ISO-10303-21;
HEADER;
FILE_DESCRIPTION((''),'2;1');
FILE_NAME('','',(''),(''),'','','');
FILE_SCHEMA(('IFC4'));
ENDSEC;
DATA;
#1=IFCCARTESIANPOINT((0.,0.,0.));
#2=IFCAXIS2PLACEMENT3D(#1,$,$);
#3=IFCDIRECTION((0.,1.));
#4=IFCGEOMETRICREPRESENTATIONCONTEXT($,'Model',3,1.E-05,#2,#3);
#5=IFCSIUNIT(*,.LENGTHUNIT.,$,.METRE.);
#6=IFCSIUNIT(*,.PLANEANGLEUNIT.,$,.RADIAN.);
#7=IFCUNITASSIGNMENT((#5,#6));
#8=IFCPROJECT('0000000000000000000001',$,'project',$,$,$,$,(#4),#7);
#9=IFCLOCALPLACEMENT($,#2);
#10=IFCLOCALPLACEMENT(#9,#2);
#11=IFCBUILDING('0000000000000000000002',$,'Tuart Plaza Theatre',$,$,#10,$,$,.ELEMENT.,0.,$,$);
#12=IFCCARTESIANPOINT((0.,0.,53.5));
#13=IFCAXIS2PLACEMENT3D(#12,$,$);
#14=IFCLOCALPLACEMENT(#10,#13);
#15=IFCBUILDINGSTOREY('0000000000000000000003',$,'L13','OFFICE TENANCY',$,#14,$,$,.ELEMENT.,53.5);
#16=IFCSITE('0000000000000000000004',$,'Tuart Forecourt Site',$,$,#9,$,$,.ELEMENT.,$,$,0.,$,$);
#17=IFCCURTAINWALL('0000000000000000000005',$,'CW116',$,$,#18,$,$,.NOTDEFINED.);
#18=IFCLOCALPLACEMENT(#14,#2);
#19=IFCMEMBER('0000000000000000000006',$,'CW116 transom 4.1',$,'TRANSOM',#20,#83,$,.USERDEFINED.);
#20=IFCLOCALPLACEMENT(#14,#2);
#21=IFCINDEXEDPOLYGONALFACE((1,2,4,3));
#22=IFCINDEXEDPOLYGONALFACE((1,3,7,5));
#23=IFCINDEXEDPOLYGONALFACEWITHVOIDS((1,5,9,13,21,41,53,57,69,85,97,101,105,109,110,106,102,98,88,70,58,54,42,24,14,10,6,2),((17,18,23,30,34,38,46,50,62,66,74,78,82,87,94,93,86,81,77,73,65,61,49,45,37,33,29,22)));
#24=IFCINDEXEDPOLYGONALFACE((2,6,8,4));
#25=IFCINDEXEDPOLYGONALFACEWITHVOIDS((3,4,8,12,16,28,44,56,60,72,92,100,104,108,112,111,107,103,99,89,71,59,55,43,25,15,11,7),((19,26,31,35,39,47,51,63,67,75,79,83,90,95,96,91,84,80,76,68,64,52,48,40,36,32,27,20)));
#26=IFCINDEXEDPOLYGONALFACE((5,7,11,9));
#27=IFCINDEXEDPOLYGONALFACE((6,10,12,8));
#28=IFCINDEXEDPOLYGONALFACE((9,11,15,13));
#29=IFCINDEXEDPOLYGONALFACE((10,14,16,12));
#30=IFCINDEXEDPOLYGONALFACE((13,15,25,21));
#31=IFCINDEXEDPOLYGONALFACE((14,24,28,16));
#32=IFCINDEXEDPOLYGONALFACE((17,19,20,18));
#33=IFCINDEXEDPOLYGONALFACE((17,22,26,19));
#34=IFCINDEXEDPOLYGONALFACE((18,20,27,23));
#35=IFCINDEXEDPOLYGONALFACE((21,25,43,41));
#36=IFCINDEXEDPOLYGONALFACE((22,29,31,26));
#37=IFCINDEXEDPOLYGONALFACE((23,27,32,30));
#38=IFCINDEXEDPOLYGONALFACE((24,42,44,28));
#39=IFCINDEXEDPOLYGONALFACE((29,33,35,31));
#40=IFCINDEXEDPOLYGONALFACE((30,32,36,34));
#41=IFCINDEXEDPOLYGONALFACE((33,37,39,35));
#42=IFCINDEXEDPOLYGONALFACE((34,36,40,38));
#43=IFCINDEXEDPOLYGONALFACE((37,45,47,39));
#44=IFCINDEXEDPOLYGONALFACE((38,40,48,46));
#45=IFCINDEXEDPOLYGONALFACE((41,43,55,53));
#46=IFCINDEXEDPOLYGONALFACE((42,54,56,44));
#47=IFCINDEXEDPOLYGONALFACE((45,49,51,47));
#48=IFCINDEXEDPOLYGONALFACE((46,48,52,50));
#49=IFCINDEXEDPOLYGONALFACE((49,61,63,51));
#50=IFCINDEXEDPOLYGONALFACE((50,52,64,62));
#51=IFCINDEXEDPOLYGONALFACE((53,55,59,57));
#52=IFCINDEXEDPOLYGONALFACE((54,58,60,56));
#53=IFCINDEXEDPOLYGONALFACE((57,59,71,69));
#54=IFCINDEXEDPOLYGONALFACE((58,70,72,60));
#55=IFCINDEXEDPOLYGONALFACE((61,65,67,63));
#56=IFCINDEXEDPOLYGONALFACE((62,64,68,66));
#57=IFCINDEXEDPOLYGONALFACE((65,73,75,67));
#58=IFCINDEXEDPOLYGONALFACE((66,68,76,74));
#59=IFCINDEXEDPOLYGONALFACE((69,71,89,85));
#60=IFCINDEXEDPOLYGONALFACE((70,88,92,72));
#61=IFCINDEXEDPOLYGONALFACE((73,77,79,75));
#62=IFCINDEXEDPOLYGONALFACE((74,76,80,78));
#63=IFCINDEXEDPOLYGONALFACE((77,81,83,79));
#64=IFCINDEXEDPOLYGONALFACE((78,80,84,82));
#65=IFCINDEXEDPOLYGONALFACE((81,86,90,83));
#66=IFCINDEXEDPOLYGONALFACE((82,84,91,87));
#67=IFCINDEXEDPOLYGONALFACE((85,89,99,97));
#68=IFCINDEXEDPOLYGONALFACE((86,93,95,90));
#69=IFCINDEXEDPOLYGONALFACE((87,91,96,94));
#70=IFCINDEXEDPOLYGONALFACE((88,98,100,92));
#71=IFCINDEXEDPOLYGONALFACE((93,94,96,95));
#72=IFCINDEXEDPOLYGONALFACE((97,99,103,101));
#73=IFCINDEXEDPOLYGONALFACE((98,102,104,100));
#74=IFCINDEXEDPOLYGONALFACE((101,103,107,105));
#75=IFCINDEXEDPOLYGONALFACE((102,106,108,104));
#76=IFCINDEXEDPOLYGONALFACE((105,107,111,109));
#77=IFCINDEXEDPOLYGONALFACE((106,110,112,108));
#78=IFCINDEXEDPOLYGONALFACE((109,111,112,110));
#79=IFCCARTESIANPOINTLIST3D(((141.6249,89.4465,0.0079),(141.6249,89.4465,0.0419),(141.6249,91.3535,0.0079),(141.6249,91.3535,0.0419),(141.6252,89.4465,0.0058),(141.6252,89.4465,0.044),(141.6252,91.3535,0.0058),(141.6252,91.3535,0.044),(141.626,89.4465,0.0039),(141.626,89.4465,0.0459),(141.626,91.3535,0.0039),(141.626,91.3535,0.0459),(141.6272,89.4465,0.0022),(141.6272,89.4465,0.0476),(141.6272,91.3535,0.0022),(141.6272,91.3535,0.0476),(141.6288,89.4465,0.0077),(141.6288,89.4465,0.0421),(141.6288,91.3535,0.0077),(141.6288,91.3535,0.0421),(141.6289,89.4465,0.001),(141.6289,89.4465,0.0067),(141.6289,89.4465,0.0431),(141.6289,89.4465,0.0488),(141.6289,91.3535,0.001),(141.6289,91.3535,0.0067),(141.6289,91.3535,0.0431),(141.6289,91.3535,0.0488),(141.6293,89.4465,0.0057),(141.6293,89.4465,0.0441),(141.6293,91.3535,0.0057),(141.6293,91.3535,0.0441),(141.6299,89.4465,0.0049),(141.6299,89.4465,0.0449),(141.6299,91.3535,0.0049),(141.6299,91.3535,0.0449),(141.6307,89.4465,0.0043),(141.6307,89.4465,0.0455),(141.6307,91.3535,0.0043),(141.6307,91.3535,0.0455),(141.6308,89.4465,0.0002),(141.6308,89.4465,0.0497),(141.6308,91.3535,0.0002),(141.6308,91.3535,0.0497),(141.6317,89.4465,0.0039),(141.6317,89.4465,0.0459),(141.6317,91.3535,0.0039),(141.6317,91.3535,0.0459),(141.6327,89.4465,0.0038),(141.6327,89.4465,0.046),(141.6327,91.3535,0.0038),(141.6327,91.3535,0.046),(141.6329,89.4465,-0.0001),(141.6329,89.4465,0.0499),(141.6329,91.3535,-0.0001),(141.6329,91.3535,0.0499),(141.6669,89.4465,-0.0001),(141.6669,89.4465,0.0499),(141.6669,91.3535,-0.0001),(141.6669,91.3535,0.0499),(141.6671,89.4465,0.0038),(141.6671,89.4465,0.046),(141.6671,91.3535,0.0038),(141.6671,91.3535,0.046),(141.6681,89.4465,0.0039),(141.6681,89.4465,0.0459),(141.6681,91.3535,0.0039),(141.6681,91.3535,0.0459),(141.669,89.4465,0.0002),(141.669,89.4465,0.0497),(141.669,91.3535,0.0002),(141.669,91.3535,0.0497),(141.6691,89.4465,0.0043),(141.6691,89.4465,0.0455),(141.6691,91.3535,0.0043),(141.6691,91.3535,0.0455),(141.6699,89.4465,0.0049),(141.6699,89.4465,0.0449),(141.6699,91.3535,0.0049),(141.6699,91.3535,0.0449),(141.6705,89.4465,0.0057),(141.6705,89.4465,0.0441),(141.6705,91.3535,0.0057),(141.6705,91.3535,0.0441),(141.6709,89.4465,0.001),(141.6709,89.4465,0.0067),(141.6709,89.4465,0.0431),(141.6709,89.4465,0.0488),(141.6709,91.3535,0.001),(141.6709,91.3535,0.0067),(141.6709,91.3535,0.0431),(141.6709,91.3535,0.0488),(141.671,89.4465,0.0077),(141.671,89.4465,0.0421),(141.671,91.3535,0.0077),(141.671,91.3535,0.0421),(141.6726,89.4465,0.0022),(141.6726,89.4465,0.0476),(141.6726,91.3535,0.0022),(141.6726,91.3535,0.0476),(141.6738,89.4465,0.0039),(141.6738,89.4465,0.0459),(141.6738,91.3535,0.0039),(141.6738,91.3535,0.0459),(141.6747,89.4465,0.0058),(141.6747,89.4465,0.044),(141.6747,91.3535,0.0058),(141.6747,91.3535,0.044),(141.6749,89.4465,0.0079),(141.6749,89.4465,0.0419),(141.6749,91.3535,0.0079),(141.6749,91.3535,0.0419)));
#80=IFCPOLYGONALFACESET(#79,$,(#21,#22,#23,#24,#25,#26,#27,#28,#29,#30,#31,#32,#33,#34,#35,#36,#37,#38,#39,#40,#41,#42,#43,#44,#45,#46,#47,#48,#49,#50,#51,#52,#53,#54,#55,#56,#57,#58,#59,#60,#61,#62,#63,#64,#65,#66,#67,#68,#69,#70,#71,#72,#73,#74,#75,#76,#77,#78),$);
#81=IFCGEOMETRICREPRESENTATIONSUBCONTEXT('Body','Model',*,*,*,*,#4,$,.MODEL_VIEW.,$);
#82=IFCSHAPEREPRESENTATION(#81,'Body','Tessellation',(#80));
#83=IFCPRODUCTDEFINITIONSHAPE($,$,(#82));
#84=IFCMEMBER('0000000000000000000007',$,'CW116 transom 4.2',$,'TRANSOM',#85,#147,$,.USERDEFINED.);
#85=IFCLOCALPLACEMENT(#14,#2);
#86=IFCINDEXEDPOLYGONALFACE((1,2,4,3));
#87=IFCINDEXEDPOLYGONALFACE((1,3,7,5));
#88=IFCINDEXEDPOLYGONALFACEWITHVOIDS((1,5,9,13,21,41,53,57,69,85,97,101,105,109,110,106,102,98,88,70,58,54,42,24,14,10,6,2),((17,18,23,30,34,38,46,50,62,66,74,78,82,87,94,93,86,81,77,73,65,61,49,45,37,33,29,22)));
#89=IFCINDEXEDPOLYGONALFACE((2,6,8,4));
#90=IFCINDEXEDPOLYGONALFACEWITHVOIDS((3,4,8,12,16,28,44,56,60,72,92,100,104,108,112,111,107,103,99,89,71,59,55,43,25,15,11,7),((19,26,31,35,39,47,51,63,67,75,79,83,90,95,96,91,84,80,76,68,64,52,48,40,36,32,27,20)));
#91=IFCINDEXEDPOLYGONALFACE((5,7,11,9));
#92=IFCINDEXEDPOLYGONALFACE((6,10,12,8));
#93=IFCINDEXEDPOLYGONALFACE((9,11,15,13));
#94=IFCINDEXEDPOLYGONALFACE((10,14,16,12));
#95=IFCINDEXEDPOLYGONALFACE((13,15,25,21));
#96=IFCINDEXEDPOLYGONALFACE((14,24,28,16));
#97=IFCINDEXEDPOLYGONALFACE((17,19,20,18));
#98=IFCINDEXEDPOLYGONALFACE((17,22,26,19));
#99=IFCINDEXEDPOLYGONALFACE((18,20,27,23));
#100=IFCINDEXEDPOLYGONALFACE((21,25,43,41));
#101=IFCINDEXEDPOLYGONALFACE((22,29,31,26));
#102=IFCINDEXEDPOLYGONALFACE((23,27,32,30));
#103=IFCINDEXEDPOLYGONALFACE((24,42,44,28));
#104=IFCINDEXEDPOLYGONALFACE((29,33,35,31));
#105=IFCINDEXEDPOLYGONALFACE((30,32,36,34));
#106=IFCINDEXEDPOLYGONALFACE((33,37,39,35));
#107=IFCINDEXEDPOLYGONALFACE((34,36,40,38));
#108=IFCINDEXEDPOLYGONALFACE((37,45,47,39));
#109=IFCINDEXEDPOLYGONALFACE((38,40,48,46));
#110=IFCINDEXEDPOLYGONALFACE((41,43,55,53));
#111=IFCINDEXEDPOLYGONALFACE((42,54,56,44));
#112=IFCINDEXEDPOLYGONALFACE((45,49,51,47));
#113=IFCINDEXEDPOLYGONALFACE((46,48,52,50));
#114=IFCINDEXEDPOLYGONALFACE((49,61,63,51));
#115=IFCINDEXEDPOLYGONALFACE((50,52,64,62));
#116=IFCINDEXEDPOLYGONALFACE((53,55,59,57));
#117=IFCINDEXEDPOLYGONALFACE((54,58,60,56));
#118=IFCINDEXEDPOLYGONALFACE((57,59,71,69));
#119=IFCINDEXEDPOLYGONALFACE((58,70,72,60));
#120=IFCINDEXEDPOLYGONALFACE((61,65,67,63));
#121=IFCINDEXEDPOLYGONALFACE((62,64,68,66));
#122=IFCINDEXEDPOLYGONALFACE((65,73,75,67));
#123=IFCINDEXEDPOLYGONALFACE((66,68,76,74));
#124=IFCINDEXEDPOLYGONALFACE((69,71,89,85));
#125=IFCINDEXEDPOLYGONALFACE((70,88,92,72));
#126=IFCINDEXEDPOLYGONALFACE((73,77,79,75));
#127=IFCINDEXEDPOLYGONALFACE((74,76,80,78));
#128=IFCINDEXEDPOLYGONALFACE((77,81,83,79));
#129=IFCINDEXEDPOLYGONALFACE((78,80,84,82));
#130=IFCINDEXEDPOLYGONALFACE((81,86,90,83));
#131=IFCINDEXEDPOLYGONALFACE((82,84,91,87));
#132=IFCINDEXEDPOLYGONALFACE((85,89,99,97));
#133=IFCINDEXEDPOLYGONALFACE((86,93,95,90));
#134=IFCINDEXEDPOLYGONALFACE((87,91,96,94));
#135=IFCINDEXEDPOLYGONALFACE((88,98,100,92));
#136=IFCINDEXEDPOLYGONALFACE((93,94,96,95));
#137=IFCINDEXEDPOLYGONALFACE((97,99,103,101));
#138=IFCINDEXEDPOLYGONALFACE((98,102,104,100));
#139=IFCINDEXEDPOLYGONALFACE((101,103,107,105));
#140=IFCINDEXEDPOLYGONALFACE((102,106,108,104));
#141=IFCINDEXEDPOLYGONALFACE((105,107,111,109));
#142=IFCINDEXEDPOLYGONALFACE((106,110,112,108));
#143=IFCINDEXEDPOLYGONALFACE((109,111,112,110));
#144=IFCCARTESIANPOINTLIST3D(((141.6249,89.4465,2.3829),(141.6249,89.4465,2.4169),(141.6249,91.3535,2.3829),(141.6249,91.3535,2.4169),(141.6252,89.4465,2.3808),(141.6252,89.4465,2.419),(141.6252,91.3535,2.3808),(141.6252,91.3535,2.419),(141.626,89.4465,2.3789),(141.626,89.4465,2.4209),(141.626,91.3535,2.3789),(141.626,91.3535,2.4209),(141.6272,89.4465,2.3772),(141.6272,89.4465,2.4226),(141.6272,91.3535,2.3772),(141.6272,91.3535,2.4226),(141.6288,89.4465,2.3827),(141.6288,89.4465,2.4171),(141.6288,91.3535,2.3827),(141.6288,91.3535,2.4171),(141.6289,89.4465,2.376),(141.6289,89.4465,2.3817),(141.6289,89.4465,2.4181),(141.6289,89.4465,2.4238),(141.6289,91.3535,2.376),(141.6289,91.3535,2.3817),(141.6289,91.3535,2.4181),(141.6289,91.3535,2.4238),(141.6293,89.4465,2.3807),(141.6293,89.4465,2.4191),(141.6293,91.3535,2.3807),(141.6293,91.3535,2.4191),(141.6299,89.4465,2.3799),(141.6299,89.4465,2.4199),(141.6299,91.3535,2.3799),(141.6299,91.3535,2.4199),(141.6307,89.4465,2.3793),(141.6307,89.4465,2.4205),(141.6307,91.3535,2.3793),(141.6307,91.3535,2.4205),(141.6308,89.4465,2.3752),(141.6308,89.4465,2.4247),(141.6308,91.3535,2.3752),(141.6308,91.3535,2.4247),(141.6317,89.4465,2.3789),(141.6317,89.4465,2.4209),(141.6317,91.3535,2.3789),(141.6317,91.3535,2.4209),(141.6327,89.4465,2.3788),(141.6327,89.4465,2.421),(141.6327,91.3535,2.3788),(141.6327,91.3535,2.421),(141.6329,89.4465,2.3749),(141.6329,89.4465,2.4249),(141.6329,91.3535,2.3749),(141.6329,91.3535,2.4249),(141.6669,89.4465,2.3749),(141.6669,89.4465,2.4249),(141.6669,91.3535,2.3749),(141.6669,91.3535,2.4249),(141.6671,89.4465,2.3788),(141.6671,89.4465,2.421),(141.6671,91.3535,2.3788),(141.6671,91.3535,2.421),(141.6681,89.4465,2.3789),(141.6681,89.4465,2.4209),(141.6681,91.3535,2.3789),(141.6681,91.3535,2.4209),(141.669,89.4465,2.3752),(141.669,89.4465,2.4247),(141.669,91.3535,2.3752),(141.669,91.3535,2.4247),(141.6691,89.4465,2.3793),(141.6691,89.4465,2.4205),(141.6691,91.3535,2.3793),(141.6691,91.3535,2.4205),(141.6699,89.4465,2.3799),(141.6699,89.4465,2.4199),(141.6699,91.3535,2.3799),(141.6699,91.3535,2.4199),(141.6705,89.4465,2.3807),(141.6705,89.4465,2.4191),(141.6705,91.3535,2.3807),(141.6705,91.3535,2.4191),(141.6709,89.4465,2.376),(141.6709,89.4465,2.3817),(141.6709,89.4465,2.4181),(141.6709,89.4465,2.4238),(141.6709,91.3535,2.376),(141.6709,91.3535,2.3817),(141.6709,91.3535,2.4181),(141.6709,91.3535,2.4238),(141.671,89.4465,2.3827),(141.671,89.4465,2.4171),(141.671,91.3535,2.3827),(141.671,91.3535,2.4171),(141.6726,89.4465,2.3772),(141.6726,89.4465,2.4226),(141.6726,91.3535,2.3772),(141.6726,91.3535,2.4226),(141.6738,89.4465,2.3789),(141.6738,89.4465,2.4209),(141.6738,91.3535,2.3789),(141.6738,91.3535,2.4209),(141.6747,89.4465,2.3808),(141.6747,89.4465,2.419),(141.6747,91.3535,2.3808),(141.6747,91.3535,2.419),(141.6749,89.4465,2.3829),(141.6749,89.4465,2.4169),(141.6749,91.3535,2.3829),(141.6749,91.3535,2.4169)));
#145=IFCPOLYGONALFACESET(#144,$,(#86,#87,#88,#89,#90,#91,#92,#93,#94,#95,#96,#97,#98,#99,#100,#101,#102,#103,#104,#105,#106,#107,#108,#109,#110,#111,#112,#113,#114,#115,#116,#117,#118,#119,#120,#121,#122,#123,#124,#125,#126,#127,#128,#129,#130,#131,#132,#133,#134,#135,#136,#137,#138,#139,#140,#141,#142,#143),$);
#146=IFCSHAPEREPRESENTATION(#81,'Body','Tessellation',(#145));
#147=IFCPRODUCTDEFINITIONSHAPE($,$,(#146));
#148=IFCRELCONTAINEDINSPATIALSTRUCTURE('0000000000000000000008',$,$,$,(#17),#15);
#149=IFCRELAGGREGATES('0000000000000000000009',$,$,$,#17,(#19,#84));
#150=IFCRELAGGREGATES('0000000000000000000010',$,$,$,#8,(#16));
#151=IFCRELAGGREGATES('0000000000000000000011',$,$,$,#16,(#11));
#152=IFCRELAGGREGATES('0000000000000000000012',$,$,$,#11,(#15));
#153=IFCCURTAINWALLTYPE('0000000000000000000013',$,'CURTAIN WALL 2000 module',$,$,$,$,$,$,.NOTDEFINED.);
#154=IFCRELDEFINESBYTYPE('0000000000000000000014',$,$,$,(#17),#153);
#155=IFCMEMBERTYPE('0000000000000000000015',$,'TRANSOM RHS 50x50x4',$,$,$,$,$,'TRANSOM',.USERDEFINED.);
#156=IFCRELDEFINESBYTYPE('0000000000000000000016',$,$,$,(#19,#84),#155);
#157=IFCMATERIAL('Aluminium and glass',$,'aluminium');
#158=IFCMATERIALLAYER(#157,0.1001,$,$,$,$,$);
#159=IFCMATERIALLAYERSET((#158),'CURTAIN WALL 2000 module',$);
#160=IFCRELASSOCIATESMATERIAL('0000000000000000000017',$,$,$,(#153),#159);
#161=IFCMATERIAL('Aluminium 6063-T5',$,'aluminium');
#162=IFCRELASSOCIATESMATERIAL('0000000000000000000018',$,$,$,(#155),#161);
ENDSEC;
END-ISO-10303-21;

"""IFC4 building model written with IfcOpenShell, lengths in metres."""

from ifc_helpers import new_model, si_unit, direction, frame, origin, origin_2d, place, context, subcontext, project, spatial, hollow_rectangle, extrude, material, layer, layer_set, material_profile, profile_set, type_object, element, aggregate, save


model = new_model("IFC4")

# Units and contexts
model_context = context("Model", 3, precision=1e-05, world=origin(), true_north=direction((0.0, 1.0)))
body_context = subcontext(model_context, "Body", "Model", "MODEL_VIEW")
ifc_project = project(units=[si_unit("LENGTHUNIT", "METRE"), si_unit("PLANEANGLEUNIT", "RADIAN")], contexts=[model_context])

# Site, building, storey
site_placement = place(None, origin())
site = spatial("IfcSite", under=ifc_project, at=site_placement, Name="Tuart Forecourt Site", CompositionType="ELEMENT", RefElevation=0.0)
building_placement = place(site_placement, origin())
building = spatial("IfcBuilding", under=site, at=building_placement, Name="Tuart Plaza Theatre", CompositionType="ELEMENT", ElevationOfRefHeight=0.0)
storey_placement = place(building_placement, frame((0.0, 0.0, 53.5)))
storey = spatial("IfcBuildingStorey", under=building, at=storey_placement, Name="L13", Description="OFFICE TENANCY", CompositionType="ELEMENT", Elevation=53.5)

# Curtain wall, members
ifc_material_1 = material(Name="Aluminium and glass", Category="aluminium")
ifc_layer_1 = layer(ifc_material_1, 0.1001)
ifc_layer_set_1 = layer_set([ifc_layer_1], Name="CURTAIN WALL 2000 module")
curtain_wall_type = type_object("IfcCurtainWallType", Name="CURTAIN WALL 2000 module", PredefinedType="NOTDEFINED", material=ifc_layer_set_1)
curtain_wall_placement = place(storey_placement, origin())
curtain_wall = element("IfcCurtainWall", 1, at=curtain_wall_placement, inside=storey, type_object=curtain_wall_type, Name="CW116", PredefinedType="NOTDEFINED")
ifc_material_2 = material(Name="Aluminium 6063-T5", Category="aluminium")
ifc_material_profile_1 = material_profile(ifc_material_2, hollow_rectangle(XDim=0.05, YDim=0.05, WallThickness=0.0039, InnerFilletRadius=0.0039, OuterFilletRadius=0.0081, at=origin_2d()), Name="RHS 50x50x4")
ifc_profile_set_1 = profile_set([ifc_material_profile_1], Name="Aluminium 6063-T5")
member_type_1 = type_object("IfcMemberType", Name="TRANSOM RHS 50x50x4", ElementType="TRANSOM", PredefinedType="USERDEFINED", material=ifc_profile_set_1)
member_1_placement = place(storey_placement, frame((141.6499, 89.4465, 0.0249), z_axis=(0.0, 1.0, 0.0), x_axis=(-1.0, 0.0, 0.0)))
member_1 = element("IfcMember", 2, at=member_1_placement, type_object=member_type_1, Name="CW116 transom 4.1", ObjectType="TRANSOM", PredefinedType="USERDEFINED", context=body_context, shape_type="SweptSolid", body=[
    extrude(hollow_rectangle(XDim=0.05, YDim=0.05, WallThickness=0.0039, InnerFilletRadius=0.0039, OuterFilletRadius=0.0081, at=origin_2d()), origin(), (0.0, 0.0, 1.0), 1.907),
])
member_2_placement = place(storey_placement, frame((141.6499, 89.4465, 2.3999), z_axis=(0.0, 1.0, 0.0), x_axis=(-1.0, 0.0, 0.0)))
member_2 = element("IfcMember", 3, at=member_2_placement, type_object=member_type_1, Name="CW116 transom 4.2", ObjectType="TRANSOM", PredefinedType="USERDEFINED", context=body_context, shape_type="SweptSolid", body=[
    extrude(hollow_rectangle(XDim=0.05, YDim=0.05, WallThickness=0.0039, InnerFilletRadius=0.0039, OuterFilletRadius=0.0081, at=origin_2d()), origin(), (0.0, 0.0, 1.0), 1.907),
])
aggregate(curtain_wall, [member_1, member_2])

save(model, "model.ifc")
